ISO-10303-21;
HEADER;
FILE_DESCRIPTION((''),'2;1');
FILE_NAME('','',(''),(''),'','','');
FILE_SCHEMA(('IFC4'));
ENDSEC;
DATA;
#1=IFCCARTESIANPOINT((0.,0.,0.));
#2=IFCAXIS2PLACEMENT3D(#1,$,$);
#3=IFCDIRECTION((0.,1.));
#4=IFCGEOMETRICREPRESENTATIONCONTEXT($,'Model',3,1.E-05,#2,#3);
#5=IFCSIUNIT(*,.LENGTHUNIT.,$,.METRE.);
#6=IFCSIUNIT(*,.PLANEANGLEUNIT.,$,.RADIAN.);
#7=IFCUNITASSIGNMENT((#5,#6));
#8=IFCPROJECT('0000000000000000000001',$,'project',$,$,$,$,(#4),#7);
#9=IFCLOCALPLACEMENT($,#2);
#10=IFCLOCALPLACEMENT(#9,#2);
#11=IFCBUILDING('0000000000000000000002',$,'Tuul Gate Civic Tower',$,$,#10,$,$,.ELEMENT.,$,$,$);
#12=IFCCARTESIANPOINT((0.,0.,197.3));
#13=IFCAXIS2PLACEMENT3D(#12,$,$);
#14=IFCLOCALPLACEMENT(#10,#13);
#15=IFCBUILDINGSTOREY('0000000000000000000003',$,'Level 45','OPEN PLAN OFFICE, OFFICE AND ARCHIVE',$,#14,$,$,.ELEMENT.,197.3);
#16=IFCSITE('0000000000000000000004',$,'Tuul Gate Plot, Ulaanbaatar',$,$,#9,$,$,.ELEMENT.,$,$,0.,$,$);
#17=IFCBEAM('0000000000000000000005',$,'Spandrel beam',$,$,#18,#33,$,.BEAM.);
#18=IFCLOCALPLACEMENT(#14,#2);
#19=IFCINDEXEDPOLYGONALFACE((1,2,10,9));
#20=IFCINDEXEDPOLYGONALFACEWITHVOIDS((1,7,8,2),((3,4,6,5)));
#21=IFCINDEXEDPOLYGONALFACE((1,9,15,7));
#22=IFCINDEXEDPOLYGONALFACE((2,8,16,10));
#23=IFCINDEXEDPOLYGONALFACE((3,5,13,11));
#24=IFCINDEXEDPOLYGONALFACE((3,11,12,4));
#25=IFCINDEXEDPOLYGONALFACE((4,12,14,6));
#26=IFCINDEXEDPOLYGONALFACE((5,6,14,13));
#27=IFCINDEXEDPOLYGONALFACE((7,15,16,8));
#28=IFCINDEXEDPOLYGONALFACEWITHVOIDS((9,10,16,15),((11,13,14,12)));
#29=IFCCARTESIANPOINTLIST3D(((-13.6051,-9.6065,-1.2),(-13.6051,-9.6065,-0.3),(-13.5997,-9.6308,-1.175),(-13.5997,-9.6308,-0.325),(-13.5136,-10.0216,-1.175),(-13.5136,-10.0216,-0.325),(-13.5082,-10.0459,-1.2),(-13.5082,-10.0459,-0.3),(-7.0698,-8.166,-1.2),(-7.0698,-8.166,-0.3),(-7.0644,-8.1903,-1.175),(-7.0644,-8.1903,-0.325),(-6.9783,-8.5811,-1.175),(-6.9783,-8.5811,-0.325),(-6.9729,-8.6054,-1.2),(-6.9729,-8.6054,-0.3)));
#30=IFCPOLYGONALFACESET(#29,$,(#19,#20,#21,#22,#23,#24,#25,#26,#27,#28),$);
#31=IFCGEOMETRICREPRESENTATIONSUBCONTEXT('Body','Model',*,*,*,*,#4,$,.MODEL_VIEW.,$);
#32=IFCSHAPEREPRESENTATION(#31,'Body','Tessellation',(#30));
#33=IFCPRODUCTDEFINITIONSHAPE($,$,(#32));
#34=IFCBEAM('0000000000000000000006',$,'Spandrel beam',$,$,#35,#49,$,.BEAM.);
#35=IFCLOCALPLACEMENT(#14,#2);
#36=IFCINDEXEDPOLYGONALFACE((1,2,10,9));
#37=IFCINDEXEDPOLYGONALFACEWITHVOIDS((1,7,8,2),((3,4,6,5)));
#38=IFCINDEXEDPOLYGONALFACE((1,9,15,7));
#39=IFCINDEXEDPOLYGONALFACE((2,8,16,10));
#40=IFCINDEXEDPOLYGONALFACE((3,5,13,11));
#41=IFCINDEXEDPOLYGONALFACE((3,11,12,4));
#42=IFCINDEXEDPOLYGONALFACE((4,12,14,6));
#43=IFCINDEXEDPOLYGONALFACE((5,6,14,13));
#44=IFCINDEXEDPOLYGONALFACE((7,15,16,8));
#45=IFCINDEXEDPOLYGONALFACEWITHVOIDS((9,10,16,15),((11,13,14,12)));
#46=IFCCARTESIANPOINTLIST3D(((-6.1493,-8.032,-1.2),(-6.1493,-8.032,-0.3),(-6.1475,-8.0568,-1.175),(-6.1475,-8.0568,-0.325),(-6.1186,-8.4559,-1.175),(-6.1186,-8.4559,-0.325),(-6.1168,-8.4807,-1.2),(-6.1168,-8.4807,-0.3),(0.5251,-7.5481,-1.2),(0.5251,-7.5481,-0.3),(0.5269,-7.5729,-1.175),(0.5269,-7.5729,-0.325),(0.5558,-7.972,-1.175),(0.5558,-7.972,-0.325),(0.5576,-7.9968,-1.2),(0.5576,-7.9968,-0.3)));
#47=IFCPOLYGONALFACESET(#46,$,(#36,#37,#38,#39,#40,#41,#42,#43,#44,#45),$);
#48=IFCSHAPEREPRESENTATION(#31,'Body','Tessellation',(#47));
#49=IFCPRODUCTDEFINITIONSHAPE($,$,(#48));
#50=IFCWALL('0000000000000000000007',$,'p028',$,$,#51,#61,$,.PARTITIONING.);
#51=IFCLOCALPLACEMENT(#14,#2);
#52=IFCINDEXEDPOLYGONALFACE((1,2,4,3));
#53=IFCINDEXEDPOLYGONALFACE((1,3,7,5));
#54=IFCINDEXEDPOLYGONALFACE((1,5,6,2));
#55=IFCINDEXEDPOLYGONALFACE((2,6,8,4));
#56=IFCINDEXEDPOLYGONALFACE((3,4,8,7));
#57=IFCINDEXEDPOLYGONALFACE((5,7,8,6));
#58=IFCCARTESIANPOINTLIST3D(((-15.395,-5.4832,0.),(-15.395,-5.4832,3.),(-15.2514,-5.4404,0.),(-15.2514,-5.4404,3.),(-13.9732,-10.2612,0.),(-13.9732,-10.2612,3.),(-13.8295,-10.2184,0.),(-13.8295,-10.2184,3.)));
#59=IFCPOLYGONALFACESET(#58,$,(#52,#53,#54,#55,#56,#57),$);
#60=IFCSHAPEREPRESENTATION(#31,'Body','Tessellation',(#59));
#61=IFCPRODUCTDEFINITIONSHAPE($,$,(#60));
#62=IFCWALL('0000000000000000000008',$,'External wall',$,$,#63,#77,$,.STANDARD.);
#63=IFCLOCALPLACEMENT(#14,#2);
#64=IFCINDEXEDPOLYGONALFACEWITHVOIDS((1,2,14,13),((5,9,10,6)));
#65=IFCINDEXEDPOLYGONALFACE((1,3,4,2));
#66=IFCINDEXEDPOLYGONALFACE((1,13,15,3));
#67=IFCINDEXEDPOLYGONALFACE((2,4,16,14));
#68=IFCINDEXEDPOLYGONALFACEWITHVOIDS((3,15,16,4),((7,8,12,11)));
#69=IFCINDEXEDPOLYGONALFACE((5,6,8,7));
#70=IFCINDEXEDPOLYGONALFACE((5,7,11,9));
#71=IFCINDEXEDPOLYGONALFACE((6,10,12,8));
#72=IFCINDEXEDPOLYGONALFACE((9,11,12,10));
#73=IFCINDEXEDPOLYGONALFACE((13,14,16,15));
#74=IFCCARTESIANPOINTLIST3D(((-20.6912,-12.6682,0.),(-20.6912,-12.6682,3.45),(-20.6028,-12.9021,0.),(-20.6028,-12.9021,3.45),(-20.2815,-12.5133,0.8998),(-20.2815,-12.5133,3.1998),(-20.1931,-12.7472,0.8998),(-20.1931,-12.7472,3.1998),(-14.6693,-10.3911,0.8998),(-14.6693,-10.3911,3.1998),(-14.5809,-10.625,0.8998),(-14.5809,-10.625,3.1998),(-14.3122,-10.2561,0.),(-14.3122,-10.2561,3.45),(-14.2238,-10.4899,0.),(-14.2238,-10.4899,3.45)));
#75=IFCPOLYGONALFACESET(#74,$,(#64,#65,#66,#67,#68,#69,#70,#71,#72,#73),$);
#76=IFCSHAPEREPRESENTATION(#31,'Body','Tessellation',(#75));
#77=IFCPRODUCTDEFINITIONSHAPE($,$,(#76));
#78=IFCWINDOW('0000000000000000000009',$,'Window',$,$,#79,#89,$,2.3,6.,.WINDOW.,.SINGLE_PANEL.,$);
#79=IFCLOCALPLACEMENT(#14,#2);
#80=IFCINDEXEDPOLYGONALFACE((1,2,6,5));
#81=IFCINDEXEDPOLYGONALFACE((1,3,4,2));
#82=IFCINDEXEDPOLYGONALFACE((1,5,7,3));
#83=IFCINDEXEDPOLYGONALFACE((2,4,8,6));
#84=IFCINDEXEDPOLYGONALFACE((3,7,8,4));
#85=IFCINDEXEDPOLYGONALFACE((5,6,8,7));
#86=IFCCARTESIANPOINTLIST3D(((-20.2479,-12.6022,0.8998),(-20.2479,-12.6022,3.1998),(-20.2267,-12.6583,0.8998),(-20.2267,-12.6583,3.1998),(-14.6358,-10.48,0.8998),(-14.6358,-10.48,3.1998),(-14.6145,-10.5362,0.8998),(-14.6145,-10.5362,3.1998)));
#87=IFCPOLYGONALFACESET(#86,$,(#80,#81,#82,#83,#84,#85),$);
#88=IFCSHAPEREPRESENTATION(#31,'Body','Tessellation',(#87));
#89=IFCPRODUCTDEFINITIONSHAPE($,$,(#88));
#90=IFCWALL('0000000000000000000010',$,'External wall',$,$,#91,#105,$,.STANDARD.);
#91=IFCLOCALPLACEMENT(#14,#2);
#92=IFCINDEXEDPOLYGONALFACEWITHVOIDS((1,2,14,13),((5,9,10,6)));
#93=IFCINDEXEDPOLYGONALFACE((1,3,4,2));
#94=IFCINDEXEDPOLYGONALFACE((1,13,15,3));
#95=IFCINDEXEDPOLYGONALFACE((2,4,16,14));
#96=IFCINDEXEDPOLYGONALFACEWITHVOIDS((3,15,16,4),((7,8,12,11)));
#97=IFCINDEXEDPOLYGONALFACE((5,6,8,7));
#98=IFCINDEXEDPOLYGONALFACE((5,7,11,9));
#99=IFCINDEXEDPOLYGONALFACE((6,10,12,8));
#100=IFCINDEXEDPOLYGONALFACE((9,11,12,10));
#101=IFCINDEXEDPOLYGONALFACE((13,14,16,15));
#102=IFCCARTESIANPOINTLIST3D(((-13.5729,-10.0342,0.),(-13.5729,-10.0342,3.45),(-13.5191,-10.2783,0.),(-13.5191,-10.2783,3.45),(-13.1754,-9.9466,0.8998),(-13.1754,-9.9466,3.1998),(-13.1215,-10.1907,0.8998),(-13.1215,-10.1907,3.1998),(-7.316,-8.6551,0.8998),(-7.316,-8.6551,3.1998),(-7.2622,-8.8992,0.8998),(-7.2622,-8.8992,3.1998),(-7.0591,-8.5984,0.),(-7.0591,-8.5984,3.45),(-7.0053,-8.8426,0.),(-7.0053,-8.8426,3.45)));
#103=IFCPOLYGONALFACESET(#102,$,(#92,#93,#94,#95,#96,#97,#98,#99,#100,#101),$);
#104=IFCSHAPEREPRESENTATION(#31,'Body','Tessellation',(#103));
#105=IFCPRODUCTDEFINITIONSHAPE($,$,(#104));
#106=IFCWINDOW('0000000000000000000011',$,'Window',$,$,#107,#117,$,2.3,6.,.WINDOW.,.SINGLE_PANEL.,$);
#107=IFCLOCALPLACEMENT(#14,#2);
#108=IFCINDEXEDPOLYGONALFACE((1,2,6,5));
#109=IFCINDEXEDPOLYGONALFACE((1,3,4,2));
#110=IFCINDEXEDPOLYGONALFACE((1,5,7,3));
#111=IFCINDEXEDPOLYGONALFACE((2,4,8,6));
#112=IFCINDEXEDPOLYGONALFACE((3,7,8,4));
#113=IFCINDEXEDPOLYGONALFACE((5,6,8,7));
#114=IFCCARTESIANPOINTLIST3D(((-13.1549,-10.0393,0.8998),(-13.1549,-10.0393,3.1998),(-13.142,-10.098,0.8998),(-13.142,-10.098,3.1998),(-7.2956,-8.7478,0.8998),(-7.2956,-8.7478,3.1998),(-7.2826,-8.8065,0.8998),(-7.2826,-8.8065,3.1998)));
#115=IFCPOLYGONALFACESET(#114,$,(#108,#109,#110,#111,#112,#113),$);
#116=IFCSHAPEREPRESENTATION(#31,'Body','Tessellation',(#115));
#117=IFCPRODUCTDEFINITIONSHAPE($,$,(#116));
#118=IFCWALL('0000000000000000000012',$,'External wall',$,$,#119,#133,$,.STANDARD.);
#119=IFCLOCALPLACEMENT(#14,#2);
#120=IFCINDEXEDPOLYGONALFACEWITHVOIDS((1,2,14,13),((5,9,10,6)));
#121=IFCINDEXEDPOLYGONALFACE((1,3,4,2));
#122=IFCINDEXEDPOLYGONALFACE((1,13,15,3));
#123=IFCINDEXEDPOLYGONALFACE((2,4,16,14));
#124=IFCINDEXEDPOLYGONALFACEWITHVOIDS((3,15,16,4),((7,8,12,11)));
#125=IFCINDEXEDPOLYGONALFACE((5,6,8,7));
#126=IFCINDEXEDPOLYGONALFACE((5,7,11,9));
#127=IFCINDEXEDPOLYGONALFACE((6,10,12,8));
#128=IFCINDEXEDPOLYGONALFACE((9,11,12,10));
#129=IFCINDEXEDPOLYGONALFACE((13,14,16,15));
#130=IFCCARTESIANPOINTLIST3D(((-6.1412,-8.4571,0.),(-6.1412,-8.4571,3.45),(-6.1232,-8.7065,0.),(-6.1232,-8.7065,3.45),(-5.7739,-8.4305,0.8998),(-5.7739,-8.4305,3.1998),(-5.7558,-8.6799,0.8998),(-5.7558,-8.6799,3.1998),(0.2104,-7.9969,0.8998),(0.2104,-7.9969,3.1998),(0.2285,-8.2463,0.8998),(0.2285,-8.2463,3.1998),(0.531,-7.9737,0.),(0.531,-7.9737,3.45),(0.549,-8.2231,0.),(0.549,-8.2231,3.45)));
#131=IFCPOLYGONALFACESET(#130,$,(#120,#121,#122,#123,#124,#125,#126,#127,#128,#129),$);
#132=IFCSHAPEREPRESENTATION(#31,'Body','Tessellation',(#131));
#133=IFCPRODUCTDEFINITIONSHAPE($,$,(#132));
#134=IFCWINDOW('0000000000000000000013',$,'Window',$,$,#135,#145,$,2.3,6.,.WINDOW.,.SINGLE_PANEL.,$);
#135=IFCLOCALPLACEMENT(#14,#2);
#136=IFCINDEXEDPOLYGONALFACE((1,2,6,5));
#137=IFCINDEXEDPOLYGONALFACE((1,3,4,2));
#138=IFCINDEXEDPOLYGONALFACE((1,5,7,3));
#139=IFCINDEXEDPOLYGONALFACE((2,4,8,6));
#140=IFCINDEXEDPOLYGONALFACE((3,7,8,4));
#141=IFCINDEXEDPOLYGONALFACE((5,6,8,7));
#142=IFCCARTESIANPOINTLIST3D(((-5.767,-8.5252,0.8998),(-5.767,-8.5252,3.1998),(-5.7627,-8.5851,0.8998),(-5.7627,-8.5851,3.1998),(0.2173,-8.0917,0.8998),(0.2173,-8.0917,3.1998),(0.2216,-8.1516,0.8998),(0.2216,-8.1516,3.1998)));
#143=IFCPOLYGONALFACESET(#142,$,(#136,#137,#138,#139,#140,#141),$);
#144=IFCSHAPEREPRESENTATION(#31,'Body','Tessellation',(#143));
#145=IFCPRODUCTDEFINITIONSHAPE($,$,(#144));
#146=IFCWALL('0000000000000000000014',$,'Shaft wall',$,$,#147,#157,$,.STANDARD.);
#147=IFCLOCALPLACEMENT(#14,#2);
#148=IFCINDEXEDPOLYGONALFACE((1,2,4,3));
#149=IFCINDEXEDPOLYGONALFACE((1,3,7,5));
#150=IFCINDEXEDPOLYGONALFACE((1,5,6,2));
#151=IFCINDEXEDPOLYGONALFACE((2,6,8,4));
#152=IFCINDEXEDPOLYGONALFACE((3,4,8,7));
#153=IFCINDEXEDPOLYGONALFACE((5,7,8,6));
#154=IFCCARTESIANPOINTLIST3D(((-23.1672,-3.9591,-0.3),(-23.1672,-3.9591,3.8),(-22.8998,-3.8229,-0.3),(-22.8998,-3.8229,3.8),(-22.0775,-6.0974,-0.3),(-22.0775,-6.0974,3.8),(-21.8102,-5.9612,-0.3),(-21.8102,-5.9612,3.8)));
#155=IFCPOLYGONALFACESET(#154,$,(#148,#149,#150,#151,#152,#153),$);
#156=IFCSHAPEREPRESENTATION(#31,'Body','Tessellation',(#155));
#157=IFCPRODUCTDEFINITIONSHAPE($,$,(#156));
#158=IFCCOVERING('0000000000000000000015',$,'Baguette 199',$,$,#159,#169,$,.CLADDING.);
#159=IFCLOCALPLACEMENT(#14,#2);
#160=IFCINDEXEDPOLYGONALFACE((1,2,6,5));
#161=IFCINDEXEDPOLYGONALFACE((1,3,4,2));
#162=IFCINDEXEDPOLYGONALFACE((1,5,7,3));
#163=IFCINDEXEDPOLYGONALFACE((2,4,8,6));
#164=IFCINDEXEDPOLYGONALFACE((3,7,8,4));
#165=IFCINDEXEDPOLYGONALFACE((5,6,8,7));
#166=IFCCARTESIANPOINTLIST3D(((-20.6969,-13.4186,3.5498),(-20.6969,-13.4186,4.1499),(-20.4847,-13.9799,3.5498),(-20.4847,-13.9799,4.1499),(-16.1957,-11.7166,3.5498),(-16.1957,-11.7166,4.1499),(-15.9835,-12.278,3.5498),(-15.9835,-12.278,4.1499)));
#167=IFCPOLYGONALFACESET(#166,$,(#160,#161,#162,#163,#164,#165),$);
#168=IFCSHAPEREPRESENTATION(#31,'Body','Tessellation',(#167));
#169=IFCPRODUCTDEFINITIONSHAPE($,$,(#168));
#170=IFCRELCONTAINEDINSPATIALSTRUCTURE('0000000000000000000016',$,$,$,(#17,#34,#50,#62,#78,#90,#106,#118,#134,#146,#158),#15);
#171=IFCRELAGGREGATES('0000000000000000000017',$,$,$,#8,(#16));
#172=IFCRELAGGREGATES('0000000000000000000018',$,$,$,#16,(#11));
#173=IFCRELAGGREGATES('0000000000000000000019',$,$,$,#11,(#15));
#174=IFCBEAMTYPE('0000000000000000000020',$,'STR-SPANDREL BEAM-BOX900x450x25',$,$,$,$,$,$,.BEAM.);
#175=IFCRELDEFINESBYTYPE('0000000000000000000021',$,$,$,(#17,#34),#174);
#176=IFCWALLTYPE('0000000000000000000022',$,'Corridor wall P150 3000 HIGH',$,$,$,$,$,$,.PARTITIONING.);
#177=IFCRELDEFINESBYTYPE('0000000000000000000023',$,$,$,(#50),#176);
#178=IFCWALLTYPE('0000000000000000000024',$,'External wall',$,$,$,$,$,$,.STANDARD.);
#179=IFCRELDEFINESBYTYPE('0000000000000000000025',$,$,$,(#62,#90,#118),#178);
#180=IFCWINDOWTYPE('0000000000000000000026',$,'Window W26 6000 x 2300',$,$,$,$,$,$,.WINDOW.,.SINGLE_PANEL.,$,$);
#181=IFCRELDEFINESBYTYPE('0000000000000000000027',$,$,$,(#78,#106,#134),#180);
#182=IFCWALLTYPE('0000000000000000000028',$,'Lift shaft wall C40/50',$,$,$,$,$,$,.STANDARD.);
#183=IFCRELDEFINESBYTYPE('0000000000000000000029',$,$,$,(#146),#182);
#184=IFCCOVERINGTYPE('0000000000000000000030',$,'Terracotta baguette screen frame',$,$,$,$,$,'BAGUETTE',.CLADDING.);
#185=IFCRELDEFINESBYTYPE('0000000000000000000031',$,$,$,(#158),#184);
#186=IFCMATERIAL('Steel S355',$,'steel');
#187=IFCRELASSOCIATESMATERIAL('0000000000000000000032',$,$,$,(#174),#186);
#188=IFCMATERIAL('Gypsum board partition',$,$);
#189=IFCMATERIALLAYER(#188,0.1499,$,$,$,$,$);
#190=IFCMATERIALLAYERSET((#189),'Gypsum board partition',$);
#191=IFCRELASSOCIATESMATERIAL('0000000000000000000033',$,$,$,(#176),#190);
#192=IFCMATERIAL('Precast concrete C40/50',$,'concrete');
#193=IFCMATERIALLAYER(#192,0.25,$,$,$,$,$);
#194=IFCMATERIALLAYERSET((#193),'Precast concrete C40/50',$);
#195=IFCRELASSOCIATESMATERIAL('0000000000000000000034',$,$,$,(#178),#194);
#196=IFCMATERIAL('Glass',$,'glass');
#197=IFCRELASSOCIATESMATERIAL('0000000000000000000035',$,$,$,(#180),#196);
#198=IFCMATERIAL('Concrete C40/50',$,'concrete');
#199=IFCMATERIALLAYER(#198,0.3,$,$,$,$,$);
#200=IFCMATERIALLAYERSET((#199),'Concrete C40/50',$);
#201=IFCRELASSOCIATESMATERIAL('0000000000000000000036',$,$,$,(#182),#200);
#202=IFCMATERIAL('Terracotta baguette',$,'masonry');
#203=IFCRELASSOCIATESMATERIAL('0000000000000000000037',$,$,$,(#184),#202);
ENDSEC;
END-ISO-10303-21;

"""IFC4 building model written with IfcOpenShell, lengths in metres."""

from ifc_helpers import new_model, si_unit, direction, frame, frame_2d, origin, origin_2d, place, context, subcontext, project, spatial, rectangle, hollow_rectangle, extrude, material, layer, layer_set, material_profile, profile_set, type_object, element, fill, save


model = new_model("IFC4")

# Units and contexts
model_context = context("Model", 3, precision=1e-05, world=origin(), true_north=direction((0.0, 1.0)))
body_context = subcontext(model_context, "Body", "Model", "MODEL_VIEW")
ifc_project = project(units=[si_unit("LENGTHUNIT", "METRE"), si_unit("PLANEANGLEUNIT", "RADIAN")], contexts=[model_context])

# Site, building, storey
site_placement = place(None, origin())
site = spatial("IfcSite", under=ifc_project, at=site_placement, Name="Tuul Gate Plot, Ulaanbaatar", CompositionType="ELEMENT", RefElevation=0.0)
building_placement = place(site_placement, origin())
building = spatial("IfcBuilding", under=site, at=building_placement, Name="Tuul Gate Civic Tower", CompositionType="ELEMENT")
storey_placement = place(building_placement, frame((0.0, 0.0, 197.3)))
storey = spatial("IfcBuildingStorey", under=building, at=storey_placement, Name="Level 45", Description="OPEN PLAN OFFICE, OFFICE AND ARCHIVE", CompositionType="ELEMENT", Elevation=197.3)

# Beams
ifc_material_1 = material(Name="Steel S355", Category="steel")
ifc_material_profile_1 = material_profile(ifc_material_1, hollow_rectangle(XDim=0.45, YDim=0.8999, WallThickness=0.0249, at=origin_2d()), Name="BOX900x450x25")
ifc_profile_set_1 = profile_set([ifc_material_profile_1], Name="Steel S355")
beam_type_1 = type_object("IfcBeamType", Name="STR-SPANDREL BEAM-BOX900x450x25", PredefinedType="BEAM", material=ifc_profile_set_1)
beam_1_placement = place(storey_placement, frame((-13.5566, -9.8262, -0.75), z_axis=(0.97656, 0.215246, 0.0), x_axis=(-0.215246, 0.97656, 0.0)))
element("IfcBeam", 1, at=beam_1_placement, inside=storey, type_object=beam_type_1, Name="Spandrel beam", PredefinedType="BEAM", context=body_context, shape_type="SweptSolid", body=[
    extrude(hollow_rectangle(XDim=0.45, YDim=0.8999, WallThickness=0.0249, at=origin_2d()), origin(), (0.0, 0.0, 1.0), 6.6921),
])
beam_2_placement = place(storey_placement, frame((-6.1331, -8.2563, -0.75), z_axis=(0.997382, 0.07231, 0.0), x_axis=(-0.07231, 0.997382, 0.0)))
element("IfcBeam", 2, at=beam_2_placement, inside=storey, type_object=beam_type_1, Name="Spandrel beam", PredefinedType="BEAM", context=body_context, shape_type="SweptSolid", body=[
    extrude(hollow_rectangle(XDim=0.45, YDim=0.8999, WallThickness=0.0249, at=origin_2d()), origin(), (0.0, 0.0, 1.0), 6.6919),
])

# Wall
ifc_material_2 = material(Name="Gypsum board partition")
ifc_layer_1 = layer(ifc_material_2, 0.1499)
ifc_layer_set_1 = layer_set([ifc_layer_1], Name="Gypsum board partition")
wall_type_1 = type_object("IfcWallType", Name="Corridor wall P150 3000 HIGH", PredefinedType="PARTITIONING", material=ifc_layer_set_1)
wall_1_placement = place(storey_placement, frame((-15.3232, -5.4617, 0.0), z_axis=(0.0, 0.0, 1.0), x_axis=(0.285222, -0.958461, 0.0)))
element("IfcWall", 3, at=wall_1_placement, inside=storey, type_object=wall_type_1, Name="p028", PredefinedType="PARTITIONING", context=body_context, shape_type="SweptSolid", body=[
    extrude(rectangle(XDim=4.9851, YDim=0.1499, at=frame_2d((2.4927, 0.0))), origin(), (0.0, 0.0, 1.0), 3.0),
])

# Walls, openings, windows
ifc_material_3 = material(Name="Precast concrete C40/50", Category="concrete")
ifc_layer_2 = layer(ifc_material_3, 0.25)
ifc_layer_set_2 = layer_set([ifc_layer_2], Name="Precast concrete C40/50")
wall_type_2 = type_object("IfcWallType", Name="External wall", PredefinedType="STANDARD", material=ifc_layer_set_2)
wall_2_placement = place(storey_placement, frame((-20.647, -12.7852, 0.0), z_axis=(0.0, 0.0, 1.0), x_axis=(0.935361, 0.353696, 0.0)))
wall_2 = element("IfcWall", 4, at=wall_2_placement, inside=storey, type_object=wall_type_2, Name="External wall", PredefinedType="STANDARD", context=body_context, shape_type="SweptSolid", body=[
    extrude(rectangle(XDim=6.8198, YDim=0.25, at=frame_2d((3.4099, 0.0))), origin(), (0.0, 0.0, 1.0), 3.45),
])
opening_1_placement = place(wall_2_placement, frame((0.438, 0.0, 0.8999)))
opening_1 = element("IfcOpeningElement", 5, at=opening_1_placement, cuts=wall_2, PredefinedType="OPENING", context=body_context, shape_type="SweptSolid", body=[
    extrude(rectangle(XDim=6.0, YDim=2.3, at=frame_2d((3.0, 1.1499))), frame((0.0, 0.135, 0.0), z_axis=(0.0, -1.0, 0.0), x_axis=(1.0, 0.0, 0.0)), (0.0, 0.0, 1.0), 0.27),
])
ifc_material_4 = material(Name="Glass", Category="glass")
window_type = type_object("IfcWindowType", Name="Window W26 6000 x 2300", PartitioningType="SINGLE_PANEL", PredefinedType="WINDOW", material=ifc_material_4)
window_1_placement = place(opening_1_placement, origin())
window_1 = element("IfcWindow", 6, at=window_1_placement, inside=storey, type_object=window_type, Name="Window", OverallHeight=2.3, OverallWidth=6.0, PartitioningType="SINGLE_PANEL", PredefinedType="WINDOW", context=body_context, shape_type="SweptSolid", body=[
    extrude(rectangle(XDim=6.0, YDim=2.3, at=frame_2d((3.0, 1.1499))), frame((0.0, 0.03, 0.0), z_axis=(0.0, -1.0, 0.0), x_axis=(1.0, 0.0, 0.0)), (0.0, 0.0, 1.0), 0.0601),
])
fill(opening_1, window_1)
wall_3_placement = place(storey_placement, frame((-13.5459, -10.1562, 0.0), z_axis=(0.0, 0.0, 1.0), x_axis=(0.976559, 0.215252, 0.0)))
wall_3 = element("IfcWall", 7, at=wall_3_placement, inside=storey, type_object=wall_type_2, Name="External wall", PredefinedType="STANDARD", context=body_context, shape_type="SweptSolid", body=[
    extrude(rectangle(XDim=6.6702, YDim=0.25, at=frame_2d((3.335, 0.0))), origin(), (0.0, 0.0, 1.0), 3.45),
])
opening_2_placement = place(wall_3_placement, frame((0.407, 0.0, 0.8999)))
opening_2 = element("IfcOpeningElement", 8, at=opening_2_placement, cuts=wall_3, PredefinedType="OPENING", context=body_context, shape_type="SweptSolid", body=[
    extrude(rectangle(XDim=6.0, YDim=2.3, at=frame_2d((3.0, 1.1499))), frame((0.0, 0.135, 0.0), z_axis=(0.0, -1.0, 0.0), x_axis=(1.0, 0.0, 0.0)), (0.0, 0.0, 1.0), 0.27),
])
window_2_placement = place(opening_2_placement, origin())
window_2 = element("IfcWindow", 9, at=window_2_placement, inside=storey, type_object=window_type, Name="Window", OverallHeight=2.3, OverallWidth=6.0, PartitioningType="SINGLE_PANEL", PredefinedType="WINDOW", context=body_context, shape_type="SweptSolid", body=[
    extrude(rectangle(XDim=6.0, YDim=2.3, at=frame_2d((3.0, 1.1499))), frame((0.0, 0.03, 0.0), z_axis=(0.0, -1.0, 0.0), x_axis=(1.0, 0.0, 0.0)), (0.0, 0.0, 1.0), 0.0601),
])
fill(opening_2, window_2)
wall_4_placement = place(storey_placement, frame((-6.1321, -8.5818, 0.0), z_axis=(0.0, 0.0, 1.0), x_axis=(0.997386, 0.072261, 0.0)))
wall_4 = element("IfcWall", 10, at=wall_4_placement, inside=storey, type_object=wall_type_2, Name="External wall", PredefinedType="STANDARD", context=body_context, shape_type="SweptSolid", body=[
    extrude(rectangle(XDim=6.6897, YDim=0.25, at=frame_2d((3.3447, 0.0))), origin(), (0.0, 0.0, 1.0), 3.45),
])
opening_3_placement = place(wall_4_placement, frame((0.3682, 0.0, 0.8999)))
opening_3 = element("IfcOpeningElement", 11, at=opening_3_placement, cuts=wall_4, PredefinedType="OPENING", context=body_context, shape_type="SweptSolid", body=[
    extrude(rectangle(XDim=6.0, YDim=2.3, at=frame_2d((3.0, 1.1499))), frame((0.0, 0.135, 0.0), z_axis=(0.0, -1.0, 0.0), x_axis=(1.0, 0.0, 0.0)), (0.0, 0.0, 1.0), 0.27),
])
window_3_placement = place(opening_3_placement, origin())
window_3 = element("IfcWindow", 12, at=window_3_placement, inside=storey, type_object=window_type, Name="Window", OverallHeight=2.3, OverallWidth=6.0, PartitioningType="SINGLE_PANEL", PredefinedType="WINDOW", context=body_context, shape_type="SweptSolid", body=[
    extrude(rectangle(XDim=6.0, YDim=2.3, at=frame_2d((3.0, 1.1499))), frame((0.0, 0.03, 0.0), z_axis=(0.0, -1.0, 0.0), x_axis=(1.0, 0.0, 0.0)), (0.0, 0.0, 1.0), 0.0601),
])
fill(opening_3, window_3)

# Wall
ifc_material_5 = material(Name="Concrete C40/50", Category="concrete")
ifc_layer_3 = layer(ifc_material_5, 0.3)
ifc_layer_set_3 = layer_set([ifc_layer_3], Name="Concrete C40/50")
wall_type_3 = type_object("IfcWallType", Name="Lift shaft wall C40/50", PredefinedType="STANDARD", material=ifc_layer_set_3)
wall_5_placement = place(storey_placement, frame((-21.9438, -6.0293, -0.3), z_axis=(0.0, 0.0, 1.0), x_axis=(-0.454037, 0.890983, 0.0)))
element("IfcWall", 13, at=wall_5_placement, inside=storey, type_object=wall_type_3, Name="Shaft wall", PredefinedType="STANDARD", context=body_context, shape_type="SweptSolid", body=[
    extrude(rectangle(XDim=2.3999, YDim=0.3, at=frame_2d((1.2, 0.0))), origin(), (0.0, 0.0, 1.0), 4.1001),
])

# Covering
ifc_material_6 = material(Name="Terracotta baguette", Category="masonry")
ifc_material_profile_2 = material_profile(ifc_material_6, rectangle(XDim=0.6001, YDim=0.6001, at=origin_2d()), Name="Terracotta baguette screen frame")
ifc_profile_set_2 = profile_set([ifc_material_profile_2], Name="Terracotta baguette")
covering_type = type_object("IfcCoveringType", Name="Terracotta baguette screen frame", ElementType="BAGUETTE", PredefinedType="CLADDING", material=ifc_profile_set_2)
covering_1_placement = place(storey_placement, frame((-20.5908, -13.6992, 3.8499), z_axis=(0.935373, 0.353663, 0.0), x_axis=(-0.353663, 0.935373, 0.0)))
element("IfcCovering", 14, at=covering_1_placement, inside=storey, type_object=covering_type, Name="Baguette 199", PredefinedType="CLADDING", context=body_context, shape_type="SweptSolid", body=[
    extrude(rectangle(XDim=0.6001, YDim=0.6001, at=origin_2d()), origin(), (0.0, 0.0, 1.0), 4.8123),
])

save(model, "model.ifc")
